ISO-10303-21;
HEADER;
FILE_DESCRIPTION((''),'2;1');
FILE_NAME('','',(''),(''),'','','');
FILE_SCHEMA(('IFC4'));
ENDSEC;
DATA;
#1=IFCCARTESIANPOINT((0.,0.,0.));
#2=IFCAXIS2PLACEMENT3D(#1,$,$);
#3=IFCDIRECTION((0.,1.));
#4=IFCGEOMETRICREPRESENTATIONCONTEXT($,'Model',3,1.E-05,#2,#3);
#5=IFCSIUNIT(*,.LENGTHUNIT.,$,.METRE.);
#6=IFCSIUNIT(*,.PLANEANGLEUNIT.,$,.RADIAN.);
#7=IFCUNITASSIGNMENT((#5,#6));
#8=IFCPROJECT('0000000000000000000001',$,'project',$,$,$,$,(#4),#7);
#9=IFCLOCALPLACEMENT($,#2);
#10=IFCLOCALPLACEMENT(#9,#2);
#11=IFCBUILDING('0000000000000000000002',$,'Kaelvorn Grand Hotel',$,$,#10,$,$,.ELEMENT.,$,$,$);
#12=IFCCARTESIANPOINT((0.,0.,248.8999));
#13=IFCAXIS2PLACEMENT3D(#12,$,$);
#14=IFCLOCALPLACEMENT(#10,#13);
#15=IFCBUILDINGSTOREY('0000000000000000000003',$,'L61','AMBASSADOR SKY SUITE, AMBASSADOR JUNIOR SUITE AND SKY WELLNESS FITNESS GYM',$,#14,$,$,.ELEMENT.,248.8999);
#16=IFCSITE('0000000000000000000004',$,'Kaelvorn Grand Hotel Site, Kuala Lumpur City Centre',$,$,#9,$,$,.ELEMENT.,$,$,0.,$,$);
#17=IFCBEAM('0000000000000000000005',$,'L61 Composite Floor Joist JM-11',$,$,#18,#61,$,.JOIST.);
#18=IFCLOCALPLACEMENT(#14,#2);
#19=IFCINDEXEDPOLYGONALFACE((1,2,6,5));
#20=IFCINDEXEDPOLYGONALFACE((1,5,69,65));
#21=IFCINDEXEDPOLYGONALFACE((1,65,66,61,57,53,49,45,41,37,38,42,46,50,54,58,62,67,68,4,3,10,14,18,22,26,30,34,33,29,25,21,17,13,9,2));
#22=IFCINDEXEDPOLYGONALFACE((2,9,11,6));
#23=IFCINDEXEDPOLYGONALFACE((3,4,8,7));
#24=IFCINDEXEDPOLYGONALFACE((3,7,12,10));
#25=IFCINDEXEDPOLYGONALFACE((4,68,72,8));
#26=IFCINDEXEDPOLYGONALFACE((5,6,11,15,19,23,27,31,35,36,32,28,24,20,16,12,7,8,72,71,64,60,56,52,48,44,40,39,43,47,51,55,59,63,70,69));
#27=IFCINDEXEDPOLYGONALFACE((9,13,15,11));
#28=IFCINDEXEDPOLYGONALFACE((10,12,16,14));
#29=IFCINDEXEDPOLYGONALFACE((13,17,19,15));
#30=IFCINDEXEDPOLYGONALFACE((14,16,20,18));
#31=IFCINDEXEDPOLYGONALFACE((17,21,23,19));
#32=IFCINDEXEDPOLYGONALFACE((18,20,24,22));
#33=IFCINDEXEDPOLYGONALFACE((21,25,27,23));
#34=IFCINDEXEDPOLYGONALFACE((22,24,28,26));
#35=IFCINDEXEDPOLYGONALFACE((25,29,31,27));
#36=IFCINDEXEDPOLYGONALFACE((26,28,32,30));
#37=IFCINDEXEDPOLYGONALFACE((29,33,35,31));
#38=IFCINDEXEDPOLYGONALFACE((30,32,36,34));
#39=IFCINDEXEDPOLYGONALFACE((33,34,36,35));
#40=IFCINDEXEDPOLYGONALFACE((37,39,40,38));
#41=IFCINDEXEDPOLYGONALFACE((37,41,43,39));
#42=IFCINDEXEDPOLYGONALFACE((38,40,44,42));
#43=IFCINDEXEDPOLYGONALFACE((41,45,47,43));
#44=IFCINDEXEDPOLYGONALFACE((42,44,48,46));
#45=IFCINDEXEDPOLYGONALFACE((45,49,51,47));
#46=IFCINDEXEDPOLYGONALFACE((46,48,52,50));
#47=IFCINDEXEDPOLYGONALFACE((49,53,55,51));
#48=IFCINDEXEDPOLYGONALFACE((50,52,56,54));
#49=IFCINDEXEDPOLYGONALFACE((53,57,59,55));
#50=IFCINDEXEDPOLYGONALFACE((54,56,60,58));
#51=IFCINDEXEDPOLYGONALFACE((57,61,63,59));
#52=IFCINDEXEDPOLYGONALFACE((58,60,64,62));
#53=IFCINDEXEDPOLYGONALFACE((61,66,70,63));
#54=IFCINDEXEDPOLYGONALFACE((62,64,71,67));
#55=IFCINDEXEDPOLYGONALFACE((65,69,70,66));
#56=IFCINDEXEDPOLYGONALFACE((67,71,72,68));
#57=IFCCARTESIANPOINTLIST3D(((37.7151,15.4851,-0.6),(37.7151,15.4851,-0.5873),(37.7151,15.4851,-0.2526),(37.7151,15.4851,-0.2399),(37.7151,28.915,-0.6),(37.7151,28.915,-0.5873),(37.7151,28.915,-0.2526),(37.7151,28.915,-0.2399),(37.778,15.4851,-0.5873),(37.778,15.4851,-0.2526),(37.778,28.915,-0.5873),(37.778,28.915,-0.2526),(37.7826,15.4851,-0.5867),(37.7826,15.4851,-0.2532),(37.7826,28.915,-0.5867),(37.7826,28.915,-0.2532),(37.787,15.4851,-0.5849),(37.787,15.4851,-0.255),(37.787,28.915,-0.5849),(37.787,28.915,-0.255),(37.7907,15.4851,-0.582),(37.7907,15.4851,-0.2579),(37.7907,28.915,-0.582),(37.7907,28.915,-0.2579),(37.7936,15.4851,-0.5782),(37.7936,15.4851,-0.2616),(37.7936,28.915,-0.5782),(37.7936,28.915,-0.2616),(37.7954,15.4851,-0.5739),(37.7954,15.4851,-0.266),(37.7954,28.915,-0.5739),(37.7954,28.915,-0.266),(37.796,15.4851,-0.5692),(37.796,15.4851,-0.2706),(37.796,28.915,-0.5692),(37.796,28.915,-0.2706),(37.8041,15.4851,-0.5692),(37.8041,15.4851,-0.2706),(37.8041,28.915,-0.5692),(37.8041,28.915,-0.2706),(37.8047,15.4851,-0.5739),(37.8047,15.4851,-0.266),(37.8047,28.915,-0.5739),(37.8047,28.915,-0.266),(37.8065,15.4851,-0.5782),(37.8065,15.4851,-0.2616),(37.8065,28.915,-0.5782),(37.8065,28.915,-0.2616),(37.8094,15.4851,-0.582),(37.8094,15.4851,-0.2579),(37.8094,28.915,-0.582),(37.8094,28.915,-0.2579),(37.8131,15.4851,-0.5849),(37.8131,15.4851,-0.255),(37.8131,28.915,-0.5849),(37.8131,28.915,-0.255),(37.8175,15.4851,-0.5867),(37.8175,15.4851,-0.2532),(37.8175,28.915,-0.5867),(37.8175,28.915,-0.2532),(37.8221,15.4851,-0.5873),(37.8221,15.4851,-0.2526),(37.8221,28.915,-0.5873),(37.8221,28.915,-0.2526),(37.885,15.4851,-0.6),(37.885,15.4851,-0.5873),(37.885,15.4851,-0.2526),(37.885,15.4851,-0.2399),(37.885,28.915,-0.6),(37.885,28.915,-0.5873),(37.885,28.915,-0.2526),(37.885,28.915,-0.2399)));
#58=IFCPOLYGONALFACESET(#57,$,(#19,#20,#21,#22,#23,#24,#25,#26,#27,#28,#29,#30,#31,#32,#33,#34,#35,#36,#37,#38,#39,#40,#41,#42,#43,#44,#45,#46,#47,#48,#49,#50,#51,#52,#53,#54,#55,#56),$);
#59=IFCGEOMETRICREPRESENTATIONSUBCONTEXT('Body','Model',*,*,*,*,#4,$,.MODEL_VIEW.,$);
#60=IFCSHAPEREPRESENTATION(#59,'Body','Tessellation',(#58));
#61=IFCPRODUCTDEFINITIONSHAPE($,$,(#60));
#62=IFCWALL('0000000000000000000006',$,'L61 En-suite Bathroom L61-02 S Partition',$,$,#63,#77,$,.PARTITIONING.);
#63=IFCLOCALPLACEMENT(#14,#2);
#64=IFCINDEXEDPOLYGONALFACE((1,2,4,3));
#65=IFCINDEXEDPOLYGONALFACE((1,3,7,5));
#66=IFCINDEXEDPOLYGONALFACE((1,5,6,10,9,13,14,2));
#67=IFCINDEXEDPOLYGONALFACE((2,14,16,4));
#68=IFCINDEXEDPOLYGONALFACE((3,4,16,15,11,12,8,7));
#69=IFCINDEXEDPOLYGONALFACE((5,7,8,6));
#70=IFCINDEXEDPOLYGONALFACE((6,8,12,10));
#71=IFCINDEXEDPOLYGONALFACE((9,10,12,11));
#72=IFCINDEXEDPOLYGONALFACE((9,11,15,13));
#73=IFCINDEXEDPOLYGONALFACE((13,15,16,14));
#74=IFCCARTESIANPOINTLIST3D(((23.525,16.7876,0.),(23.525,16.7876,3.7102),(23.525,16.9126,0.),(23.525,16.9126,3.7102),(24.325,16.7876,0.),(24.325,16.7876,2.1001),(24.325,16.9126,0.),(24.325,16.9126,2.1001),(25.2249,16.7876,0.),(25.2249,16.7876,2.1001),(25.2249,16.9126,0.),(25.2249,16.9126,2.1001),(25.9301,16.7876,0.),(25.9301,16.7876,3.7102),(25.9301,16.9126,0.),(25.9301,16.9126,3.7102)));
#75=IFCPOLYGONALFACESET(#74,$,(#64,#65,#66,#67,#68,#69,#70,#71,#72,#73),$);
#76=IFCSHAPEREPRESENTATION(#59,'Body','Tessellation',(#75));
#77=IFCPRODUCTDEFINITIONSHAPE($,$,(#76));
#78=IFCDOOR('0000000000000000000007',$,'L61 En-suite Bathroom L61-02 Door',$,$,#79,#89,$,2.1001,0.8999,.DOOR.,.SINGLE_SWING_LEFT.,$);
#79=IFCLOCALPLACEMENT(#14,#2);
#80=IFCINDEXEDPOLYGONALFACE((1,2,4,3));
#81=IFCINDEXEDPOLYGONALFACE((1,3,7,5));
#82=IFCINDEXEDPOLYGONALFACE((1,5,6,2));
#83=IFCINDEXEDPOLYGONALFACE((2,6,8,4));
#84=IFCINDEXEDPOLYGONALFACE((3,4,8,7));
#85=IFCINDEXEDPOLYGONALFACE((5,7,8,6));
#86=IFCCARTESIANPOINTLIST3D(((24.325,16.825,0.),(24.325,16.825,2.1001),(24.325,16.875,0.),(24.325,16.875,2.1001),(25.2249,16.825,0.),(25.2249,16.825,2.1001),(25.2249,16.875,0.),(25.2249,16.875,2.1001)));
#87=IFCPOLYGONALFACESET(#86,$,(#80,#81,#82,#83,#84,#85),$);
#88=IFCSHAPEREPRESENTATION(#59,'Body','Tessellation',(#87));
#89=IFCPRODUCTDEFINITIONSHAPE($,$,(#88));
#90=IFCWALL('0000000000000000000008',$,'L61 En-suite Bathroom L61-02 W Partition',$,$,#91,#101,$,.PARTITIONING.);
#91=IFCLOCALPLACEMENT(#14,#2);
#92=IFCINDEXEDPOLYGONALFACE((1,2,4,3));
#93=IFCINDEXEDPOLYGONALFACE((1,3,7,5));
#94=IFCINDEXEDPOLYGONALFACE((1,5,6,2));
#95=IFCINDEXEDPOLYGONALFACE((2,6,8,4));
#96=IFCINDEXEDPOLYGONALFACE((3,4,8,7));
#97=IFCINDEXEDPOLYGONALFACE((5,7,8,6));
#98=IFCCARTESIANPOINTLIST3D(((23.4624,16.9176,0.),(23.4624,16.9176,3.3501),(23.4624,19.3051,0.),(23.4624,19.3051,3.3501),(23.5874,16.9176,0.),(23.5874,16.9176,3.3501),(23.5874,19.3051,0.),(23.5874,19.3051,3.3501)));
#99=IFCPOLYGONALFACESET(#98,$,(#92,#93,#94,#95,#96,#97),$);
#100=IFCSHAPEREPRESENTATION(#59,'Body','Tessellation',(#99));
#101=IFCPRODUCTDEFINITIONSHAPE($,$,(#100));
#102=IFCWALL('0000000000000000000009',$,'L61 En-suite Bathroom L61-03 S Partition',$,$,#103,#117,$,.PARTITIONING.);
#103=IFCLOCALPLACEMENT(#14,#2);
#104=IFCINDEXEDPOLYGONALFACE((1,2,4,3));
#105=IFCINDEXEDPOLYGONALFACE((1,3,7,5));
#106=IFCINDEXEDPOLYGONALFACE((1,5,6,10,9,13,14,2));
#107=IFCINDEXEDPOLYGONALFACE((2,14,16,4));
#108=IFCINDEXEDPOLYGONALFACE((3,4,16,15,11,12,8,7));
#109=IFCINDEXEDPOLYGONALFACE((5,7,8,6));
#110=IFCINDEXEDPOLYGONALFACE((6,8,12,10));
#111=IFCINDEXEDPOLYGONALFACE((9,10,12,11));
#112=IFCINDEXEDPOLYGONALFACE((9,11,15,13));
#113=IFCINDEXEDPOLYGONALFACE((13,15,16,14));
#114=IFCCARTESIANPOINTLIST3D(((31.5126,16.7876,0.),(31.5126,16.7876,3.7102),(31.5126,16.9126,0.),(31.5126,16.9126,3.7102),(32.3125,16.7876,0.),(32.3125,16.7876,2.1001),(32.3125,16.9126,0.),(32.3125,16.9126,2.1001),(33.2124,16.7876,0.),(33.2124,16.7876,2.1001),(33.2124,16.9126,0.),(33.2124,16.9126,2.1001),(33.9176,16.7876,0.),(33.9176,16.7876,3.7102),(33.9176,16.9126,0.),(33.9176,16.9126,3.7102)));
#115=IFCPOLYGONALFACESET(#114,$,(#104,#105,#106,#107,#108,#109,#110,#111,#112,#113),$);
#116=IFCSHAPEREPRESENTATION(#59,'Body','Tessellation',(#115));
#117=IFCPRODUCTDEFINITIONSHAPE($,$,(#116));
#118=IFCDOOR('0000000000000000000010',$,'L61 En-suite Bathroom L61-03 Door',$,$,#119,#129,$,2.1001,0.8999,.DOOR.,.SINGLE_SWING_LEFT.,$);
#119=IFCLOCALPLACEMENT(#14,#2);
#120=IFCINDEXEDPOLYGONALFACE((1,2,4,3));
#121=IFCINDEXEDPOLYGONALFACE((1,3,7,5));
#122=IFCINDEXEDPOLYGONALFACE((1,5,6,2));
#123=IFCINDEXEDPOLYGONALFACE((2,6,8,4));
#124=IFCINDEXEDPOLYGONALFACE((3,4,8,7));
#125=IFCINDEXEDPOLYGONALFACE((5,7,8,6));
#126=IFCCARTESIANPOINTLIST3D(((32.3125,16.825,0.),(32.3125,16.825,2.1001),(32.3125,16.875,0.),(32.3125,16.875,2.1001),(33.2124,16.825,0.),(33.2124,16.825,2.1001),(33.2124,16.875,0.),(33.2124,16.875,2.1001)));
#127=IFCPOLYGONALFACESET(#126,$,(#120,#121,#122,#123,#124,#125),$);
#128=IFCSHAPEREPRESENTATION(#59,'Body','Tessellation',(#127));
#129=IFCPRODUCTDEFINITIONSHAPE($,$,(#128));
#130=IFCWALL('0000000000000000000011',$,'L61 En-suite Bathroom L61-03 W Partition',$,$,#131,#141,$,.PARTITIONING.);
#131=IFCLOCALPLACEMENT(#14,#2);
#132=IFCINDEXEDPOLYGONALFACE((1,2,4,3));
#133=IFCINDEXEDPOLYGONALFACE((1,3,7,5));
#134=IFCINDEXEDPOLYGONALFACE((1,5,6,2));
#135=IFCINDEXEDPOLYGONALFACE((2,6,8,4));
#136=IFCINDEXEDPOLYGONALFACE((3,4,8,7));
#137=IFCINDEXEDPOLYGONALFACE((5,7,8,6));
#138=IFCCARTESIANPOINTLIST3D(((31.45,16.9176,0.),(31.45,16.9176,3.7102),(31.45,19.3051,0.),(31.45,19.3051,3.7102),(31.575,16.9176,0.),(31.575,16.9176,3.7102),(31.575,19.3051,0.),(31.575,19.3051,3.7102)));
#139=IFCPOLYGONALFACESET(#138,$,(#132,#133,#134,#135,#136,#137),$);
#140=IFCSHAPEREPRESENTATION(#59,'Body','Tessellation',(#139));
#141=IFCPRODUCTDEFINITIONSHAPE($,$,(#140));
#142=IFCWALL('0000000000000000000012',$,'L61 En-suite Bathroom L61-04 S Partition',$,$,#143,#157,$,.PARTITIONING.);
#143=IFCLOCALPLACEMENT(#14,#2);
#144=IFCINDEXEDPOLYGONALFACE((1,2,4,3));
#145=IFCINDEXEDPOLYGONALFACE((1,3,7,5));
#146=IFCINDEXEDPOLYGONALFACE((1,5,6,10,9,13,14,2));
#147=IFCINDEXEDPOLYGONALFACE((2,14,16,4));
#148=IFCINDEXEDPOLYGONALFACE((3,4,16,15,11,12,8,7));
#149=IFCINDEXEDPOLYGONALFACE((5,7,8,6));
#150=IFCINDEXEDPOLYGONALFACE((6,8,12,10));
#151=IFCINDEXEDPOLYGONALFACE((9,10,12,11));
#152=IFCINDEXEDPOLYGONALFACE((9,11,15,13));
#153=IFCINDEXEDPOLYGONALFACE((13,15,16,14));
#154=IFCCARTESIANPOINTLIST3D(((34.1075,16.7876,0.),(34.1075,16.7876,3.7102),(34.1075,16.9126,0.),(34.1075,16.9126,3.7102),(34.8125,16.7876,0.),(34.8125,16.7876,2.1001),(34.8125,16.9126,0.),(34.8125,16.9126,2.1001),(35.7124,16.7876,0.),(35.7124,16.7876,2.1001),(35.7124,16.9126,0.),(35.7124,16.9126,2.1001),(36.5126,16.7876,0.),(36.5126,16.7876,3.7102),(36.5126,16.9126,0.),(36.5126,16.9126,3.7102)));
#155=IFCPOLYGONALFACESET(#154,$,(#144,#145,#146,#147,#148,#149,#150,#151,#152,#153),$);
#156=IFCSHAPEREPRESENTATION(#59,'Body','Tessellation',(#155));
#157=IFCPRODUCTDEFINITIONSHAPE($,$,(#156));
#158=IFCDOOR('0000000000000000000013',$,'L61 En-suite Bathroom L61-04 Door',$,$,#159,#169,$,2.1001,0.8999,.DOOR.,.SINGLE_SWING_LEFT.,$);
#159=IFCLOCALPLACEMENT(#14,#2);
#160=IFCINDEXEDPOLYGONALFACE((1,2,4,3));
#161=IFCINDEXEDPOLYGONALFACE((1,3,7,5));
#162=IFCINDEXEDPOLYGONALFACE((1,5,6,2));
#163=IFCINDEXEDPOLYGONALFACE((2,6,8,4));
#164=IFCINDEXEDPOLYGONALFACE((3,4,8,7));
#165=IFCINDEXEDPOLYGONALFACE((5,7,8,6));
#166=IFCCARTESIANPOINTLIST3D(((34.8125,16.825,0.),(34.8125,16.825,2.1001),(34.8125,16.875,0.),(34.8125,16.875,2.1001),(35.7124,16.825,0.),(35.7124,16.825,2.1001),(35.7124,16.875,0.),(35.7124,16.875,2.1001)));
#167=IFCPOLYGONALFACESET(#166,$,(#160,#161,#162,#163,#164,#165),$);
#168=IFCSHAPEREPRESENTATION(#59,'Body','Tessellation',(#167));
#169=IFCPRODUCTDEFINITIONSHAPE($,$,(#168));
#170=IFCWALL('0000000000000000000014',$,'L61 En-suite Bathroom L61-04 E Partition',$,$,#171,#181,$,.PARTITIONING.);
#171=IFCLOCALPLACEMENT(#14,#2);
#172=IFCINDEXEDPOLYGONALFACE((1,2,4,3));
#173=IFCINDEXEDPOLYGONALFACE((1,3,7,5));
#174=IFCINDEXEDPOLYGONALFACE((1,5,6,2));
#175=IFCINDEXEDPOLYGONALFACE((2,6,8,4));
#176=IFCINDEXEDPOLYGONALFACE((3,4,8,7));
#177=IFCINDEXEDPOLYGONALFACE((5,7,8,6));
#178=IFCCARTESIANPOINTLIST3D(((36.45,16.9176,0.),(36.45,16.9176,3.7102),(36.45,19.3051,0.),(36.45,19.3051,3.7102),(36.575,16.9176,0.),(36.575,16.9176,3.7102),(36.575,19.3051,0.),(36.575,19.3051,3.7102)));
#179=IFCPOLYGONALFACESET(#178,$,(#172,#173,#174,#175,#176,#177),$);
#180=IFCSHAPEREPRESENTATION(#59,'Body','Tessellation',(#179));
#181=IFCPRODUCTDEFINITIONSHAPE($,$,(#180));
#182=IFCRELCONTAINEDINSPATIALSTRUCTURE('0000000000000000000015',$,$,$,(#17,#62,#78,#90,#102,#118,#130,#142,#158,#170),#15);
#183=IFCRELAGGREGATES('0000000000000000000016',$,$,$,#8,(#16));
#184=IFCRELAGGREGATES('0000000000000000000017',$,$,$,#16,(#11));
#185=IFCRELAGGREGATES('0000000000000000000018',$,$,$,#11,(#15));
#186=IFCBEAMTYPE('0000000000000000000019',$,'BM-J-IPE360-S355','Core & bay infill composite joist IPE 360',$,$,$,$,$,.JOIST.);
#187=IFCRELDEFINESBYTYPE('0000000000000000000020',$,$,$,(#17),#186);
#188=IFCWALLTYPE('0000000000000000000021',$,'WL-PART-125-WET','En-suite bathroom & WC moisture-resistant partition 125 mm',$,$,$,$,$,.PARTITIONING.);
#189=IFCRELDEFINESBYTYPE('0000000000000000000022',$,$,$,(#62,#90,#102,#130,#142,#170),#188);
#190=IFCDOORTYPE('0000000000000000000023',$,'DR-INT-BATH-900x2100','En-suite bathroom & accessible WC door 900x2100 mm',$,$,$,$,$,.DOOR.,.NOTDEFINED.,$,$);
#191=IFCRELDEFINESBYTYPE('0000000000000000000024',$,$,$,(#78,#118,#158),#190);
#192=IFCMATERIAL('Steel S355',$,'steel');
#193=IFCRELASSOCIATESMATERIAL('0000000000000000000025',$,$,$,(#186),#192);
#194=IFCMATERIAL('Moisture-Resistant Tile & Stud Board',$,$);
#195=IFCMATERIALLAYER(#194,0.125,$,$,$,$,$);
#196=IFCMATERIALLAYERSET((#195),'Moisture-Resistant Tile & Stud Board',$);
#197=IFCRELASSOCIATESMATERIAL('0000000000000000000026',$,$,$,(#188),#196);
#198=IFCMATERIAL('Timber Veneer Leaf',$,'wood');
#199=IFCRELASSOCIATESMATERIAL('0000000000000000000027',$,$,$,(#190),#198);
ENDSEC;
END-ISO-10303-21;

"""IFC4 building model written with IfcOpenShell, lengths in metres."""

from ifc_helpers import new_model, si_unit, direction, frame, frame_2d, origin, origin_2d, place, context, subcontext, project, spatial, rectangle, i_section, extrude, material, layer, layer_set, material_profile, profile_set, type_object, element, fill, save


model = new_model("IFC4")

# Units and contexts
model_context = context("Model", 3, precision=1e-05, world=origin(), true_north=direction((0.0, 1.0)))
body_context = subcontext(model_context, "Body", "Model", "MODEL_VIEW")
ifc_project = project(units=[si_unit("LENGTHUNIT", "METRE"), si_unit("PLANEANGLEUNIT", "RADIAN")], contexts=[model_context])

# Site, building, storey
site_placement = place(None, origin())
site = spatial("IfcSite", under=ifc_project, at=site_placement, Name="Kaelvorn Grand Hotel Site, Kuala Lumpur City Centre", CompositionType="ELEMENT", RefElevation=0.0)
building_placement = place(site_placement, origin())
building = spatial("IfcBuilding", under=site, at=building_placement, Name="Kaelvorn Grand Hotel", CompositionType="ELEMENT")
storey_placement = place(building_placement, frame((0.0, 0.0, 248.8999)))
storey = spatial("IfcBuildingStorey", under=building, at=storey_placement, Name="L61", Description="AMBASSADOR SKY SUITE, AMBASSADOR JUNIOR SUITE AND SKY WELLNESS FITNESS GYM", CompositionType="ELEMENT", Elevation=248.8999)

# Beam
ifc_material_1 = material(Name="Steel S355", Category="steel")
ifc_material_profile_1 = material_profile(ifc_material_1, i_section(OverallWidth=0.1699, OverallDepth=0.3601, WebThickness=0.0081, FlangeThickness=0.0127, FilletRadius=0.0181, at=origin_2d()), Name="IPE 360")
ifc_profile_set_1 = profile_set([ifc_material_profile_1], Name="Steel S355")
beam_type_1 = type_object("IfcBeamType", Name="BM-J-IPE360-S355", Description="Core & bay infill composite joist IPE 360", PredefinedType="JOIST", material=ifc_profile_set_1)
beam_1_placement = place(storey_placement, frame((37.8, 15.4851, -0.4199), z_axis=(0.0, 1.0, 0.0), x_axis=(-1.0, 0.0, 0.0)))
element("IfcBeam", 1, at=beam_1_placement, inside=storey, type_object=beam_type_1, Name="L61 Composite Floor Joist JM-11", PredefinedType="JOIST", context=body_context, shape_type="SweptSolid", body=[
    extrude(i_section(OverallWidth=0.1699, OverallDepth=0.3601, WebThickness=0.0081, FlangeThickness=0.0127, FilletRadius=0.0181, at=origin_2d()), origin(), (0.0, 0.0, 1.0), 13.4299),
])

# Wall, opening, door
ifc_material_2 = material(Name="Moisture-Resistant Tile & Stud Board")
ifc_layer_1 = layer(ifc_material_2, 0.125)
ifc_layer_set_1 = layer_set([ifc_layer_1], Name="Moisture-Resistant Tile & Stud Board")
wall_type_1 = type_object("IfcWallType", Name="WL-PART-125-WET", Description="En-suite bathroom & WC moisture-resistant partition 125 mm", PredefinedType="PARTITIONING", material=ifc_layer_set_1)
wall_1_placement = place(storey_placement, frame((23.5249, 16.8501, 0.0), z_axis=(0.0, 0.0, 1.0), x_axis=(1.0, 0.0, 0.0)))
wall_1 = element("IfcWall", 2, at=wall_1_placement, inside=storey, type_object=wall_type_1, Name="L61 En-suite Bathroom L61-02 S Partition", PredefinedType="PARTITIONING", context=body_context, shape_type="SweptSolid", body=[
    extrude(rectangle(XDim=2.405, YDim=0.125, at=frame_2d((1.2026, 0.0))), origin(), (0.0, 0.0, 1.0), 3.7102),
])
opening_1_placement = place(wall_1_placement, frame((0.8, 0.0, 0.0)))
opening_1 = element("IfcOpeningElement", 3, at=opening_1_placement, cuts=wall_1, PredefinedType="OPENING", context=body_context, shape_type="SweptSolid", body=[
    extrude(rectangle(XDim=0.8999, YDim=2.1001, at=frame_2d((0.45, 1.05))), frame((0.0, 0.0725, 0.0), z_axis=(0.0, -1.0, 0.0), x_axis=(1.0, 0.0, 0.0)), (0.0, 0.0, 1.0), 0.145),
])
ifc_material_3 = material(Name="Timber Veneer Leaf", Category="wood")
door_type_1 = type_object("IfcDoorType", Name="DR-INT-BATH-900x2100", Description="En-suite bathroom & accessible WC door 900x2100 mm", OperationType="NOTDEFINED", PredefinedType="DOOR", material=ifc_material_3)
door_1_placement = place(opening_1_placement, origin())
door_1 = element("IfcDoor", 4, at=door_1_placement, inside=storey, type_object=door_type_1, Name="L61 En-suite Bathroom L61-02 Door", OperationType="SINGLE_SWING_LEFT", OverallHeight=2.1001, OverallWidth=0.8999, PredefinedType="DOOR", context=body_context, shape_type="SweptSolid", body=[
    extrude(rectangle(XDim=0.8999, YDim=2.1001, at=frame_2d((0.45, 1.05))), frame((0.0, 0.0249, 0.0), z_axis=(0.0, -1.0, 0.0), x_axis=(1.0, 0.0, 0.0)), (0.0, 0.0, 1.0), 0.05),
])
fill(opening_1, door_1)

# Wall
wall_2_placement = place(storey_placement, frame((23.5249, 16.9175, 0.0), z_axis=(0.0, 0.0, 1.0), x_axis=(0.0, 1.0, 0.0)))
element("IfcWall", 5, at=wall_2_placement, inside=storey, type_object=wall_type_1, Name="L61 En-suite Bathroom L61-02 W Partition", PredefinedType="PARTITIONING", context=body_context, shape_type="SweptSolid", body=[
    extrude(rectangle(XDim=2.3875, YDim=0.125, at=frame_2d((1.1938, 0.0))), origin(), (0.0, 0.0, 1.0), 3.3501),
])

# Wall, opening, door
wall_3_placement = place(storey_placement, frame((31.5125, 16.8501, 0.0), z_axis=(0.0, 0.0, 1.0), x_axis=(1.0, 0.0, 0.0)))
wall_3 = element("IfcWall", 6, at=wall_3_placement, inside=storey, type_object=wall_type_1, Name="L61 En-suite Bathroom L61-03 S Partition", PredefinedType="PARTITIONING", context=body_context, shape_type="SweptSolid", body=[
    extrude(rectangle(XDim=2.405, YDim=0.125, at=frame_2d((1.2026, 0.0))), origin(), (0.0, 0.0, 1.0), 3.7102),
])
opening_2_placement = place(wall_3_placement, frame((0.8, 0.0, 0.0)))
opening_2 = element("IfcOpeningElement", 7, at=opening_2_placement, cuts=wall_3, PredefinedType="OPENING", context=body_context, shape_type="SweptSolid", body=[
    extrude(rectangle(XDim=0.8999, YDim=2.1001, at=frame_2d((0.45, 1.05))), frame((0.0, 0.0725, 0.0), z_axis=(0.0, -1.0, 0.0), x_axis=(1.0, 0.0, 0.0)), (0.0, 0.0, 1.0), 0.145),
])
door_2_placement = place(opening_2_placement, origin())
door_2 = element("IfcDoor", 8, at=door_2_placement, inside=storey, type_object=door_type_1, Name="L61 En-suite Bathroom L61-03 Door", OperationType="SINGLE_SWING_LEFT", OverallHeight=2.1001, OverallWidth=0.8999, PredefinedType="DOOR", context=body_context, shape_type="SweptSolid", body=[
    extrude(rectangle(XDim=0.8999, YDim=2.1001, at=frame_2d((0.45, 1.05))), frame((0.0, 0.0249, 0.0), z_axis=(0.0, -1.0, 0.0), x_axis=(1.0, 0.0, 0.0)), (0.0, 0.0, 1.0), 0.05),
])
fill(opening_2, door_2)

# Wall
wall_4_placement = place(storey_placement, frame((31.5125, 16.9175, 0.0), z_axis=(0.0, 0.0, 1.0), x_axis=(0.0, 1.0, 0.0)))
element("IfcWall", 9, at=wall_4_placement, inside=storey, type_object=wall_type_1, Name="L61 En-suite Bathroom L61-03 W Partition", PredefinedType="PARTITIONING", context=body_context, shape_type="SweptSolid", body=[
    extrude(rectangle(XDim=2.3875, YDim=0.125, at=frame_2d((1.1938, 0.0))), origin(), (0.0, 0.0, 1.0), 3.7102),
])

# Wall, opening, door
wall_5_placement = place(storey_placement, frame((34.1074, 16.8501, 0.0), z_axis=(0.0, 0.0, 1.0), x_axis=(1.0, 0.0, 0.0)))
wall_5 = element("IfcWall", 10, at=wall_5_placement, inside=storey, type_object=wall_type_1, Name="L61 En-suite Bathroom L61-04 S Partition", PredefinedType="PARTITIONING", context=body_context, shape_type="SweptSolid", body=[
    extrude(rectangle(XDim=2.405, YDim=0.125, at=frame_2d((1.2026, 0.0))), origin(), (0.0, 0.0, 1.0), 3.7102),
])
opening_3_placement = place(wall_5_placement, frame((0.7051, 0.0, 0.0)))
opening_3 = element("IfcOpeningElement", 11, at=opening_3_placement, cuts=wall_5, PredefinedType="OPENING", context=body_context, shape_type="SweptSolid", body=[
    extrude(rectangle(XDim=0.8999, YDim=2.1001, at=frame_2d((0.45, 1.05))), frame((0.0, 0.0725, 0.0), z_axis=(0.0, -1.0, 0.0), x_axis=(1.0, 0.0, 0.0)), (0.0, 0.0, 1.0), 0.145),
])
door_3_placement = place(opening_3_placement, origin())
door_3 = element("IfcDoor", 12, at=door_3_placement, inside=storey, type_object=door_type_1, Name="L61 En-suite Bathroom L61-04 Door", OperationType="SINGLE_SWING_LEFT", OverallHeight=2.1001, OverallWidth=0.8999, PredefinedType="DOOR", context=body_context, shape_type="SweptSolid", body=[
    extrude(rectangle(XDim=0.8999, YDim=2.1001, at=frame_2d((0.45, 1.05))), frame((0.0, 0.0249, 0.0), z_axis=(0.0, -1.0, 0.0), x_axis=(1.0, 0.0, 0.0)), (0.0, 0.0, 1.0), 0.05),
])
fill(opening_3, door_3)

# Wall
wall_6_placement = place(storey_placement, frame((36.5125, 16.9175, 0.0), z_axis=(0.0, 0.0, 1.0), x_axis=(0.0, 1.0, 0.0)))
element("IfcWall", 13, at=wall_6_placement, inside=storey, type_object=wall_type_1, Name="L61 En-suite Bathroom L61-04 E Partition", PredefinedType="PARTITIONING", context=body_context, shape_type="SweptSolid", body=[
    extrude(rectangle(XDim=2.3875, YDim=0.125, at=frame_2d((1.1938, 0.0))), origin(), (0.0, 0.0, 1.0), 3.7102),
])

save(model, "model.ifc")
